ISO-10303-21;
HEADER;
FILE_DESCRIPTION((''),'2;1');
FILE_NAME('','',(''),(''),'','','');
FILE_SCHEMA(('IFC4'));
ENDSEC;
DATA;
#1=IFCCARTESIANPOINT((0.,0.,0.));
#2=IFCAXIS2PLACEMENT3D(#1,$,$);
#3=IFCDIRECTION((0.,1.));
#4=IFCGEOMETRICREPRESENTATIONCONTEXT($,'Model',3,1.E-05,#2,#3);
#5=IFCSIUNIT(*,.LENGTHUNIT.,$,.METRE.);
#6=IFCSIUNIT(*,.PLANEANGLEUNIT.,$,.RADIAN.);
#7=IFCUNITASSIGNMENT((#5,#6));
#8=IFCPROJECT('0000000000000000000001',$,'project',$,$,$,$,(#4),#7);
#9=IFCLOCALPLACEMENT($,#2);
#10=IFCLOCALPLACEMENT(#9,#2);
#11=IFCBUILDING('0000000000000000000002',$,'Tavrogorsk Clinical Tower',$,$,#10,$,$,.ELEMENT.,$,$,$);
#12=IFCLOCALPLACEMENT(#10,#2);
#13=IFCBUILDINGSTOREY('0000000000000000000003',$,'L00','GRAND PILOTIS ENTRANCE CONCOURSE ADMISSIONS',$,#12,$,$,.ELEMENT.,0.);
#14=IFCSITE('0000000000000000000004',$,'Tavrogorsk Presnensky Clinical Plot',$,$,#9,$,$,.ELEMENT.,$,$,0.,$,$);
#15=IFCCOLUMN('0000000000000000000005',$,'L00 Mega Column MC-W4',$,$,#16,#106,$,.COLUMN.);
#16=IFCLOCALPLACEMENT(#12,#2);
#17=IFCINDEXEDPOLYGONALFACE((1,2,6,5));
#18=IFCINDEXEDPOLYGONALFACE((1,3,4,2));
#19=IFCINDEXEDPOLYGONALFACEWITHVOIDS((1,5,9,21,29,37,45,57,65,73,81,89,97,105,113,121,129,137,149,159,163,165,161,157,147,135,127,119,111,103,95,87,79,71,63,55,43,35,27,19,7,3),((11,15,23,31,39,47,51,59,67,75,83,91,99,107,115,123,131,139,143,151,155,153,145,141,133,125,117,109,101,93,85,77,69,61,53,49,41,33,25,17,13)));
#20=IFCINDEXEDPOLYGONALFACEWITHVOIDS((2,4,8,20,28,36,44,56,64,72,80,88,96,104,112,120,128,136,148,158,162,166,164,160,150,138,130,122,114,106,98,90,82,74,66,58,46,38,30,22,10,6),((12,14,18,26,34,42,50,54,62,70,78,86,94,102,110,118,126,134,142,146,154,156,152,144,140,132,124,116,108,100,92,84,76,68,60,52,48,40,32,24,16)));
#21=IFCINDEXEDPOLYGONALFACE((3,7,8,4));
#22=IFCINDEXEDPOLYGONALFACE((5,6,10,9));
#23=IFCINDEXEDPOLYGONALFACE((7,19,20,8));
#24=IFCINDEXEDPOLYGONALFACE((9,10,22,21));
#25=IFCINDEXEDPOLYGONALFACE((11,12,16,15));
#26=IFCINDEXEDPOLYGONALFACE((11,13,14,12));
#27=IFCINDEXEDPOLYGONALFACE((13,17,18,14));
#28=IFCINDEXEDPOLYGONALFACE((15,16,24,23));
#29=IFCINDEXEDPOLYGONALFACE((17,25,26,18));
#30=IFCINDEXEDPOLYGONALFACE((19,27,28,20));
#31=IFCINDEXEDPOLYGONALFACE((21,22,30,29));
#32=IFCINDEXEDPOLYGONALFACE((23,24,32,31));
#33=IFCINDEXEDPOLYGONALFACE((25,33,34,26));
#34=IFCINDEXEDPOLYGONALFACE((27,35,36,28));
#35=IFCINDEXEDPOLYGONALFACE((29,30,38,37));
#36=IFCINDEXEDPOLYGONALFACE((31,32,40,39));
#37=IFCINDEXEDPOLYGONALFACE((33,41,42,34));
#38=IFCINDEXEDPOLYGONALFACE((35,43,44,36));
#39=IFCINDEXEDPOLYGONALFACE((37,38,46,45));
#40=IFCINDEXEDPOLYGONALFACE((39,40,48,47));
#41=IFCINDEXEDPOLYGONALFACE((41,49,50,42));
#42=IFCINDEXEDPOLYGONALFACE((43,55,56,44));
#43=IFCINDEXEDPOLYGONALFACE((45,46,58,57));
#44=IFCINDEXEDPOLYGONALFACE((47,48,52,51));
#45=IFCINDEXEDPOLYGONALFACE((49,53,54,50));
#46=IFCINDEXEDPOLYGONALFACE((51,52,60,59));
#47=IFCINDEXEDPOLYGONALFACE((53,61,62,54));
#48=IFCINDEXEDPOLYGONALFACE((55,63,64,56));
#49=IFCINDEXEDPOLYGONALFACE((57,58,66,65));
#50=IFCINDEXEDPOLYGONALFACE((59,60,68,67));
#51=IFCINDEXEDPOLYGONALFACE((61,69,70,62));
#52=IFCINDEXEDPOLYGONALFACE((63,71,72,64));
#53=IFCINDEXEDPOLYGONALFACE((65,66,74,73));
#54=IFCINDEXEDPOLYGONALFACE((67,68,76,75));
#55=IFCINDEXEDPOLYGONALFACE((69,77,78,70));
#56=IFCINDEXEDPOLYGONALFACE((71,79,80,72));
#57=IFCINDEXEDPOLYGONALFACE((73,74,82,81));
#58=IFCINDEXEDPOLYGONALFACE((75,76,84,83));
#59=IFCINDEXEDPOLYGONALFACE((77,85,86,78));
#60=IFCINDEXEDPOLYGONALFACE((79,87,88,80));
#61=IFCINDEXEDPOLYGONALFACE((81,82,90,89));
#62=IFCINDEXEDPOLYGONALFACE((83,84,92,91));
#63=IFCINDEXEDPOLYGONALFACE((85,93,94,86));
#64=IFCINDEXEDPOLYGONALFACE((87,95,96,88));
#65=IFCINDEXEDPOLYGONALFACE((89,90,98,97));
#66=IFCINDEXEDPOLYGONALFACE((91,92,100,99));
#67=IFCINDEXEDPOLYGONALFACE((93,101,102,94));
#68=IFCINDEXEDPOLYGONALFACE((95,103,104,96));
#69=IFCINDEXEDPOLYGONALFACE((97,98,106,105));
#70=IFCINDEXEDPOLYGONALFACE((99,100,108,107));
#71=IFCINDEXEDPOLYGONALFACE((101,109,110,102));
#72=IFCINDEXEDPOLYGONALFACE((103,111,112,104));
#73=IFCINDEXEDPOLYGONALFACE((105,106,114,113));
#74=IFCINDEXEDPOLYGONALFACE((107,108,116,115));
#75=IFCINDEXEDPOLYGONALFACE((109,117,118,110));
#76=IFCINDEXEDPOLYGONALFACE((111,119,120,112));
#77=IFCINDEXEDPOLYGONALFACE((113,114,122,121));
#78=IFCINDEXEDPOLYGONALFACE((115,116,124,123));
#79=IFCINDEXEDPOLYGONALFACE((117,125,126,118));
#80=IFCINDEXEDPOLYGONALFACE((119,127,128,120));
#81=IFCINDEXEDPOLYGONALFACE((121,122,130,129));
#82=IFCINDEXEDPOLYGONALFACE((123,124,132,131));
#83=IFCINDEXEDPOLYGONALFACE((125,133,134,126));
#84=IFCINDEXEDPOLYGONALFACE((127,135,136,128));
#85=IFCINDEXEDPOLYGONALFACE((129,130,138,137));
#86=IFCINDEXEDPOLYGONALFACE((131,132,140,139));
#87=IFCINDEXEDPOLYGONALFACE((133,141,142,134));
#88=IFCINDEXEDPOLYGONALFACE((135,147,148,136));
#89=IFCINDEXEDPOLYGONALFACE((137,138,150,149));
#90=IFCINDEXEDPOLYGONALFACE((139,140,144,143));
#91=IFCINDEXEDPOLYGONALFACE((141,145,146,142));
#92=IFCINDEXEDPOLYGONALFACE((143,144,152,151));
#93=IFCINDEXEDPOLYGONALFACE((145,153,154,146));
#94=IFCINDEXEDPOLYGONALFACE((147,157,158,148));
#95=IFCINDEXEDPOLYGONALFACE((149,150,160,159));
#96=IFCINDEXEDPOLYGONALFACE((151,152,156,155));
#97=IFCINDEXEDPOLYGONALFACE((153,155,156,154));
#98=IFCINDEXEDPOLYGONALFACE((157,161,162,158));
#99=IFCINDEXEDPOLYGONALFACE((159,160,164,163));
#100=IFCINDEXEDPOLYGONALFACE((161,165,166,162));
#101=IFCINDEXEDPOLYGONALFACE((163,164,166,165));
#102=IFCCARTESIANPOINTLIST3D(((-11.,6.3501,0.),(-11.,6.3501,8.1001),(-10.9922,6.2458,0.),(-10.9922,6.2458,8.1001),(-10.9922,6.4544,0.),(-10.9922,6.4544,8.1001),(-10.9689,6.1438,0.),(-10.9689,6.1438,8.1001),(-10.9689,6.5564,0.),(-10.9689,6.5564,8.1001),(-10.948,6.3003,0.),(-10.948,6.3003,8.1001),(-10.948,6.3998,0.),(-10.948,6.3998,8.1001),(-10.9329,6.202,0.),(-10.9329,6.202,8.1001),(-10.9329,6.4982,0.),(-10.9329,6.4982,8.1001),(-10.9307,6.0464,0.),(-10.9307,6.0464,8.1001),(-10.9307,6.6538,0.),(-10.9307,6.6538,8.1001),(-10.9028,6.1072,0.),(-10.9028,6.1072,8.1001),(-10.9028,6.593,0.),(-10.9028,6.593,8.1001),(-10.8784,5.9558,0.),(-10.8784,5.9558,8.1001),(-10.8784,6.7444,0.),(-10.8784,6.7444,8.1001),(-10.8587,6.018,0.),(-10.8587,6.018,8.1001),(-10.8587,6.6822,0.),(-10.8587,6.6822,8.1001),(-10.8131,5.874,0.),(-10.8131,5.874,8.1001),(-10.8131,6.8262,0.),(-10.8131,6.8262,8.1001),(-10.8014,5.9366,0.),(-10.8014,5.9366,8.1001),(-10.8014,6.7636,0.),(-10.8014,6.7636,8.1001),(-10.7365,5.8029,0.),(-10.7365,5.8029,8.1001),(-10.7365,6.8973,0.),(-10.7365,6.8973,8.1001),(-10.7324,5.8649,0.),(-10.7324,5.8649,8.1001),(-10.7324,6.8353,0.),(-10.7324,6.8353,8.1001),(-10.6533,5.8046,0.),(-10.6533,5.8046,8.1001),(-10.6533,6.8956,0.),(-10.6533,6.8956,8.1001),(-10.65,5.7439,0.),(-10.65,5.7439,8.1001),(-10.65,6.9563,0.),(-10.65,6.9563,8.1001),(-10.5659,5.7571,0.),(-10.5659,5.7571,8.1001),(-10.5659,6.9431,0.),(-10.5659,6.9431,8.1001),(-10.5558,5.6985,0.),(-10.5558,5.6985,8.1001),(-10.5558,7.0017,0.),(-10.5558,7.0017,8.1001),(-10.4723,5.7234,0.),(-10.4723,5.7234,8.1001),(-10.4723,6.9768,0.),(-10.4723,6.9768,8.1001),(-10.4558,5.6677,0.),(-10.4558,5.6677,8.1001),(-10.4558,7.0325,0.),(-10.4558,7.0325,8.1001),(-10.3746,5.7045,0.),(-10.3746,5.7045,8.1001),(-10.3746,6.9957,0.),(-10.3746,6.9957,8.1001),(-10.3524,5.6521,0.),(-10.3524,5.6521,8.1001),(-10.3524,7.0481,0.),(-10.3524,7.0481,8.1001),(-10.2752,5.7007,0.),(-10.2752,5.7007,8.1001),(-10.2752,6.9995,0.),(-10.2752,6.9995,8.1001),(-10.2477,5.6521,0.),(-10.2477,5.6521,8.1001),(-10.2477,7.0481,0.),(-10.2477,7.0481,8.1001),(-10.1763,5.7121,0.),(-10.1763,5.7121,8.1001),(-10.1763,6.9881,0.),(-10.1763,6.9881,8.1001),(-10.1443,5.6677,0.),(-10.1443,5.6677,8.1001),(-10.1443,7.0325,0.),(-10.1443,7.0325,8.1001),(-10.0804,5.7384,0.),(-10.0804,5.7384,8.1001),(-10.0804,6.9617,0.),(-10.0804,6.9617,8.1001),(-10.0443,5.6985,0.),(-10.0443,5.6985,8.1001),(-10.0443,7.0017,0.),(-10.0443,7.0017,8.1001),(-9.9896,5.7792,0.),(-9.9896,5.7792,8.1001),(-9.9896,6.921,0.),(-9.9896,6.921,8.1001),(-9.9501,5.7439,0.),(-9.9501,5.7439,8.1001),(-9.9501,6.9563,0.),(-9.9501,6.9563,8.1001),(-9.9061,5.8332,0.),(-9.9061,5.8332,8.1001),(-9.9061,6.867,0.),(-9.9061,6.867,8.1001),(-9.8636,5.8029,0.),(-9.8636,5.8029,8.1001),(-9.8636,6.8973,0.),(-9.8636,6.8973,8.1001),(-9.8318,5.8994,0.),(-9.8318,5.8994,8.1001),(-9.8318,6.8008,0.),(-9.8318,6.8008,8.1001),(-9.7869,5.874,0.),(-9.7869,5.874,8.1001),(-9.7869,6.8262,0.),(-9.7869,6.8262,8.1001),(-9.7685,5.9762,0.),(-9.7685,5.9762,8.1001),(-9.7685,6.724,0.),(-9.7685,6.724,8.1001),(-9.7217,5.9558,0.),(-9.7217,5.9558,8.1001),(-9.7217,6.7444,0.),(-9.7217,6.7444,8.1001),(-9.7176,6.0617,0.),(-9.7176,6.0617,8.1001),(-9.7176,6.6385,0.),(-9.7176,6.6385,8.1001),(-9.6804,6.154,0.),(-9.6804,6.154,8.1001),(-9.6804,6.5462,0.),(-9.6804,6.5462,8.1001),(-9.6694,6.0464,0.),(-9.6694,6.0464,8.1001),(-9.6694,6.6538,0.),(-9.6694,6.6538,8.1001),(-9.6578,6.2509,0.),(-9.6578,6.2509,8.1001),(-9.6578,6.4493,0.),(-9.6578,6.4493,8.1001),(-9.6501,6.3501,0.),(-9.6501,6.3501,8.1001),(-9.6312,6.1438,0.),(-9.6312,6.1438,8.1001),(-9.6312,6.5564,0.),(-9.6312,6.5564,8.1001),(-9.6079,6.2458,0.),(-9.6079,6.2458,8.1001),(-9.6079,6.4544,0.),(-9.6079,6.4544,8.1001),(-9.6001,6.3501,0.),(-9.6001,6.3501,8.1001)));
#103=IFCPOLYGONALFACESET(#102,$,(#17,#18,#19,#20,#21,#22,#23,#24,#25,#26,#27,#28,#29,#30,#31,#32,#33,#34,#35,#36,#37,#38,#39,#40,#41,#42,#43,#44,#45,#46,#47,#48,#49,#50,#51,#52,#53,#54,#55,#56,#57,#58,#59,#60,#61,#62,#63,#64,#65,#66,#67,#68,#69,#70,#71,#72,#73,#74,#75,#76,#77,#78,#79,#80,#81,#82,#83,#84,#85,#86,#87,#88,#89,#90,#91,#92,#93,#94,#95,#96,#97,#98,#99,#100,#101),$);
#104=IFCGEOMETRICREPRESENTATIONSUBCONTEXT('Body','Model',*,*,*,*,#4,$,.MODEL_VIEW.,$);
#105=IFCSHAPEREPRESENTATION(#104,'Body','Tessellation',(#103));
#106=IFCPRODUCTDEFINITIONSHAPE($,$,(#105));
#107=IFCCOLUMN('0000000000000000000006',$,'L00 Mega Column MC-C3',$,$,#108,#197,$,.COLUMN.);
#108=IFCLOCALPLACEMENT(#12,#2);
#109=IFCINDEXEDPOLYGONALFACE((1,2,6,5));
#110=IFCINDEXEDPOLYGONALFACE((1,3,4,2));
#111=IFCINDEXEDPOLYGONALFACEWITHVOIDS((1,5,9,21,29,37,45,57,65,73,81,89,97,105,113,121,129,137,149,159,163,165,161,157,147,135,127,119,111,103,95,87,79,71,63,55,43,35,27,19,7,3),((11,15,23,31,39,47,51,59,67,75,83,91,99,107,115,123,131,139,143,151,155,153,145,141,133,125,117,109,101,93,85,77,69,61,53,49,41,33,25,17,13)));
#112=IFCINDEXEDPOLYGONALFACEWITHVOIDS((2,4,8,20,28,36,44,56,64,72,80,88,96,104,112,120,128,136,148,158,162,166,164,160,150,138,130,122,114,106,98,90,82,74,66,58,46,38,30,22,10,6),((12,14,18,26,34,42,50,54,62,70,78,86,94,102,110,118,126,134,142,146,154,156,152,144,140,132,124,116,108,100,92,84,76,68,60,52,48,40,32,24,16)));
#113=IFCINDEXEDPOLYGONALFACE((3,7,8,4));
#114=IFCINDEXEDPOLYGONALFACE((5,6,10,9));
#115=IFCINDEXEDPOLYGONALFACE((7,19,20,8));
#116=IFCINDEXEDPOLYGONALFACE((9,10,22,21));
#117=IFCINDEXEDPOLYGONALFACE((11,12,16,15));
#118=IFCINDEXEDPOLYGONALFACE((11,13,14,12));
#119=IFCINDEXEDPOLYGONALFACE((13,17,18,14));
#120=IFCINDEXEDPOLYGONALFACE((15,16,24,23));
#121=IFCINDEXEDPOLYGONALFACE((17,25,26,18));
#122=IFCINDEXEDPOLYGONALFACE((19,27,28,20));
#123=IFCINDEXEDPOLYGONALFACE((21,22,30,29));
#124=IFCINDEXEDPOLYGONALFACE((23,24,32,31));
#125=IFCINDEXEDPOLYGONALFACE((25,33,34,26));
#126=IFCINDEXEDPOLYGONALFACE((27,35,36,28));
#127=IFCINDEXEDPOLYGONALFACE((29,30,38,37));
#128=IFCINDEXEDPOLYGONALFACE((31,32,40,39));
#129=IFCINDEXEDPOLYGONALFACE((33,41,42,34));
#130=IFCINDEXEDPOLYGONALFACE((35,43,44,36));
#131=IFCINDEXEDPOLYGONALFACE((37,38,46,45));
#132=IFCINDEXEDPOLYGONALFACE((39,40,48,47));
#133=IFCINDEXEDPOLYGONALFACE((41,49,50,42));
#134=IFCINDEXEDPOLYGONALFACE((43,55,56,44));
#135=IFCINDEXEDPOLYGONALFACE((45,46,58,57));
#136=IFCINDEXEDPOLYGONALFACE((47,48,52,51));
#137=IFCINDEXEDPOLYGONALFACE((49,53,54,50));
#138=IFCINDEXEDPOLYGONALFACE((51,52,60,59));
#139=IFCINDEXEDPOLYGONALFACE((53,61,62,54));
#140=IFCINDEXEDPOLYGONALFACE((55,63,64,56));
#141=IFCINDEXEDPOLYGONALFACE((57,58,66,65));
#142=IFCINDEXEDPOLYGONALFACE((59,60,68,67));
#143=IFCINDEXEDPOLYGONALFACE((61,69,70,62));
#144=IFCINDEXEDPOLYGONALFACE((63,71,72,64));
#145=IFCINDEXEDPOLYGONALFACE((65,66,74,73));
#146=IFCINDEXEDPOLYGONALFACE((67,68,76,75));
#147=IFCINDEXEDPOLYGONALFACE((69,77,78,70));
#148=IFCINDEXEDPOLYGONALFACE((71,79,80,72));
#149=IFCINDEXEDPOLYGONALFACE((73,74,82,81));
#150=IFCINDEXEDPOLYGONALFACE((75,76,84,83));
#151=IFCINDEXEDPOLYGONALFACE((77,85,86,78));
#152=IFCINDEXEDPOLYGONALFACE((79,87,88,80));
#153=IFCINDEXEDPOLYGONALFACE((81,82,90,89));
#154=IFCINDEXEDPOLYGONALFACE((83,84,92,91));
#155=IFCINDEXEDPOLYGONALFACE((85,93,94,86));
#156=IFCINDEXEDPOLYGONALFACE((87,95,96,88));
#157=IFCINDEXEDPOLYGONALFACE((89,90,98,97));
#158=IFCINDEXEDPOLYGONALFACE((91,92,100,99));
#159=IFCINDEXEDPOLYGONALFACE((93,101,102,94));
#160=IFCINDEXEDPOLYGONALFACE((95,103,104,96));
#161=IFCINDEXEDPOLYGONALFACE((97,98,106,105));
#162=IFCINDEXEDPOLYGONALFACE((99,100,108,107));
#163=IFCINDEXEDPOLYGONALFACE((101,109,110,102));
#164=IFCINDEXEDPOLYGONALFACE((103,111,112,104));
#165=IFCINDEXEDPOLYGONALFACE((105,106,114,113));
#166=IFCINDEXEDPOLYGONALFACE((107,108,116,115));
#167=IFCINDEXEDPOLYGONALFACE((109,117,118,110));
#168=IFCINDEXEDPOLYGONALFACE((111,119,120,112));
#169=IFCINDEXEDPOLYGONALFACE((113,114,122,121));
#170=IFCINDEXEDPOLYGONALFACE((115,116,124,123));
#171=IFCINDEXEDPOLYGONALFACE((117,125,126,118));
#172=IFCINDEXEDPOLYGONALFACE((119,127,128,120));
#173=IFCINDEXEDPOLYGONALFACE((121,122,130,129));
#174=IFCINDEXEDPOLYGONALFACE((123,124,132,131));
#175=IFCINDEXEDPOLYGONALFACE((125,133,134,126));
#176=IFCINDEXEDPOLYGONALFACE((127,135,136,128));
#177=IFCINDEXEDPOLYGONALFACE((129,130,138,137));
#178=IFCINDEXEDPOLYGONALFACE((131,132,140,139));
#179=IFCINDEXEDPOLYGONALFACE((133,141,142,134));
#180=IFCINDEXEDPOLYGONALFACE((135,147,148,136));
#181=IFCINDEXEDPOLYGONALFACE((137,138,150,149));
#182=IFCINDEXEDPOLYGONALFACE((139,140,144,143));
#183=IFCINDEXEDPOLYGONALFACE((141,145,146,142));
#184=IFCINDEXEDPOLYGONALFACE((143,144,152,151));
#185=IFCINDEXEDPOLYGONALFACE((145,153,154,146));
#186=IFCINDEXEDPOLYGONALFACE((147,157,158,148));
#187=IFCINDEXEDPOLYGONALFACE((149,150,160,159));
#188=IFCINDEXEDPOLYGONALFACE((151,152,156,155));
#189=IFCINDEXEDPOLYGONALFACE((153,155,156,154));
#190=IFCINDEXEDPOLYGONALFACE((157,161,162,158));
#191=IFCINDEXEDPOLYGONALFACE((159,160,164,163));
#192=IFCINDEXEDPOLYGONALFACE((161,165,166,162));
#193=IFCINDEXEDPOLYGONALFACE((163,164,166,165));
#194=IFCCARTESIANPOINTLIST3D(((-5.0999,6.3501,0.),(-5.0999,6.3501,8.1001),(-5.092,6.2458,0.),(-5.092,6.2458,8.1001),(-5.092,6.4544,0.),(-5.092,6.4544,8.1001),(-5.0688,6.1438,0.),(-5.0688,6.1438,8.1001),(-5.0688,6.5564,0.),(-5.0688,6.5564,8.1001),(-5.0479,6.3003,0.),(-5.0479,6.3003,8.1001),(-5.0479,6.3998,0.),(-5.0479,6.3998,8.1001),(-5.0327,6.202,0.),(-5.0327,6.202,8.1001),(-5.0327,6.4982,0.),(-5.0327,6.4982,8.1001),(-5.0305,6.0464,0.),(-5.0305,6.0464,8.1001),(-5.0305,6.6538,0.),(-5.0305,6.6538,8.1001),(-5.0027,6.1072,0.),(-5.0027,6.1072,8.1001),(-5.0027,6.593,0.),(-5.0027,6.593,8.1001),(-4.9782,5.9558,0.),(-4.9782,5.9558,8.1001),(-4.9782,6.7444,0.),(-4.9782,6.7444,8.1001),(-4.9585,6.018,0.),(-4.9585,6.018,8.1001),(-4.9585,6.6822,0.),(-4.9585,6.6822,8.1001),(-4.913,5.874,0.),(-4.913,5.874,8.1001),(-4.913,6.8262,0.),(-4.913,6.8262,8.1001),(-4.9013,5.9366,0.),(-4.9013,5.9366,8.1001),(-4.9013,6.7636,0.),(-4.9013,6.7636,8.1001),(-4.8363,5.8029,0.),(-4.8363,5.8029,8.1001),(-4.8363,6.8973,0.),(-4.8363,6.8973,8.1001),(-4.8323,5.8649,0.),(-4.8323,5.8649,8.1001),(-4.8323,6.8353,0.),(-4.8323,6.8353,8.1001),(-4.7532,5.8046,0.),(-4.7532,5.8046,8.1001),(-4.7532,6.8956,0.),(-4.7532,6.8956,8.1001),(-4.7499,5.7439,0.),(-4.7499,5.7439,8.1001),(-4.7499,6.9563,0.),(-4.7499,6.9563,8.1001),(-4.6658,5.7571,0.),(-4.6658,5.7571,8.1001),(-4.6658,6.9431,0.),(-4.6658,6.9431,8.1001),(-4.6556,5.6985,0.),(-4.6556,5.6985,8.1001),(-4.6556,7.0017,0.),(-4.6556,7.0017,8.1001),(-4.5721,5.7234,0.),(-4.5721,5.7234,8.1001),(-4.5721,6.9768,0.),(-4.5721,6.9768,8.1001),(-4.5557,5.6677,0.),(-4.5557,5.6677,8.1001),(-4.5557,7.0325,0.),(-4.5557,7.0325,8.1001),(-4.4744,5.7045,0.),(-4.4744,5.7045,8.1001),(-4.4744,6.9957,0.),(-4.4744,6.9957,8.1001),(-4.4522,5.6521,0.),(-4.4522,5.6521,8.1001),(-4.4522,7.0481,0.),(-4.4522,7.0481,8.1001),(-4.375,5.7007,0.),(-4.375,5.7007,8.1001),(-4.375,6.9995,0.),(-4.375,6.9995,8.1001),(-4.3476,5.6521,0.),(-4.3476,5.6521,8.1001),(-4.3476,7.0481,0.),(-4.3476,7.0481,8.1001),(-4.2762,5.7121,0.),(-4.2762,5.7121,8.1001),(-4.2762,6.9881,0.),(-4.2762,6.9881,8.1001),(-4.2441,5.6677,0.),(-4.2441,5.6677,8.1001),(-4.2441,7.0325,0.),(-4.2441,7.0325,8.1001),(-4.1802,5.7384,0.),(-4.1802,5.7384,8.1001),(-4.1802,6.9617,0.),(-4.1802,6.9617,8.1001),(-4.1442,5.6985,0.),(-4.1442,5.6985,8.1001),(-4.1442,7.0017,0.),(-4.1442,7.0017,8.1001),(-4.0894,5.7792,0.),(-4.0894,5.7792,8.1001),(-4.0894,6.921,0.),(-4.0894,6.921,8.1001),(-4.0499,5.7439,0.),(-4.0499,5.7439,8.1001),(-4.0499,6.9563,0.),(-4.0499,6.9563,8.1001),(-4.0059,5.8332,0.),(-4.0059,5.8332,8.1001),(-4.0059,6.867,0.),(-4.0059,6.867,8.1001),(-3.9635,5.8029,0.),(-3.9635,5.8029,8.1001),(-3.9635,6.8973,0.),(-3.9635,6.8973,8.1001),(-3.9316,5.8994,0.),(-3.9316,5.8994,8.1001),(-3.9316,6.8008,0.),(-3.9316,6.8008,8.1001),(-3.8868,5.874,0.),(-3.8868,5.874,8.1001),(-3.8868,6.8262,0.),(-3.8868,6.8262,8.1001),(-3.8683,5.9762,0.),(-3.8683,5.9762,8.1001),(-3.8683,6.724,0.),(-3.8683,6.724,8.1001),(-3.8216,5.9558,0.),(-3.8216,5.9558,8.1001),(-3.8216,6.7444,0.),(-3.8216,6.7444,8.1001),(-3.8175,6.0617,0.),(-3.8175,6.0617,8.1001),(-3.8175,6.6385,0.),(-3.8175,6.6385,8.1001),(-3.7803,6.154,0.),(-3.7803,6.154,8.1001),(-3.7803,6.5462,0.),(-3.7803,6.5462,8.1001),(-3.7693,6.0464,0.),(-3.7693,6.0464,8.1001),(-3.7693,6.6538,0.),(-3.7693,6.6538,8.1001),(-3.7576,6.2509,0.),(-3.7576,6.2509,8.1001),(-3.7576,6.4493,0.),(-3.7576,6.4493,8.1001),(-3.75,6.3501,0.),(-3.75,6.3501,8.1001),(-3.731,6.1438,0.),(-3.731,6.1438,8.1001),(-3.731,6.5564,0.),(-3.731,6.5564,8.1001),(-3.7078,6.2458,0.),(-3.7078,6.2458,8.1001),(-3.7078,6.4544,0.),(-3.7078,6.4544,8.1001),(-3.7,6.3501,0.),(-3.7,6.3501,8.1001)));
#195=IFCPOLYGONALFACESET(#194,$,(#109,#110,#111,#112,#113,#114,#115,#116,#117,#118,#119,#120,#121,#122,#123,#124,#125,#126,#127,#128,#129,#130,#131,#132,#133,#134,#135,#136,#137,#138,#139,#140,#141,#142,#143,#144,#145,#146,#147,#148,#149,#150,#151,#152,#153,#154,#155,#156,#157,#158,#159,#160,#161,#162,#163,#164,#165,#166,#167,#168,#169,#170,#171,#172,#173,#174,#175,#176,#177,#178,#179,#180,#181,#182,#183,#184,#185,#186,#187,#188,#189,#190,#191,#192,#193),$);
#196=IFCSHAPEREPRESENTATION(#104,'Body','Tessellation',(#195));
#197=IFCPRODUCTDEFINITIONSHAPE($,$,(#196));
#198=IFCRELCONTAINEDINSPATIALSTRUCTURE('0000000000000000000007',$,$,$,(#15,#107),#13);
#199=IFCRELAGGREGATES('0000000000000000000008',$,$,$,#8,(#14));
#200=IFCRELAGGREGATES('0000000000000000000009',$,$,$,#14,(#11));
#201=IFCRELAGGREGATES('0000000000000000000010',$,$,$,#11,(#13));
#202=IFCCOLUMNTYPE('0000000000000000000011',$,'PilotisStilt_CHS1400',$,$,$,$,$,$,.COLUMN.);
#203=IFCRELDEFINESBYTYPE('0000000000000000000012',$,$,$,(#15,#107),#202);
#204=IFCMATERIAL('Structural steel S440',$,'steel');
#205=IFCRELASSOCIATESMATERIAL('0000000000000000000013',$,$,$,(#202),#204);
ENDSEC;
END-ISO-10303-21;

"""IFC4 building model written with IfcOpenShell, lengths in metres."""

from ifc_helpers import new_model, si_unit, direction, frame, origin, origin_2d, place, context, subcontext, project, spatial, hollow_circle, extrude, material, material_profile, profile_set, type_object, element, save


model = new_model("IFC4")

# Units and contexts
model_context = context("Model", 3, precision=1e-05, world=origin(), true_north=direction((0.0, 1.0)))
body_context = subcontext(model_context, "Body", "Model", "MODEL_VIEW")
ifc_project = project(units=[si_unit("LENGTHUNIT", "METRE"), si_unit("PLANEANGLEUNIT", "RADIAN")], contexts=[model_context])

# Site, building, storey
site_placement = place(None, origin())
site = spatial("IfcSite", under=ifc_project, at=site_placement, Name="Tavrogorsk Presnensky Clinical Plot", CompositionType="ELEMENT", RefElevation=0.0)
building_placement = place(site_placement, origin())
building = spatial("IfcBuilding", under=site, at=building_placement, Name="Tavrogorsk Clinical Tower", CompositionType="ELEMENT")
storey_placement = place(building_placement, origin())
storey = spatial("IfcBuildingStorey", under=building, at=storey_placement, Name="L00", Description="GRAND PILOTIS ENTRANCE CONCOURSE ADMISSIONS", CompositionType="ELEMENT", Elevation=0.0)

# Columns
ifc_material_1 = material(Name="Structural steel S440", Category="steel")
ifc_material_profile_1 = material_profile(ifc_material_1, hollow_circle(Radius=0.7, WallThickness=0.05, at=origin_2d()), Name="CHS-1400x50")
ifc_profile_set_1 = profile_set([ifc_material_profile_1], Name="Structural steel S440")
column_type = type_object("IfcColumnType", Name="PilotisStilt_CHS1400", PredefinedType="COLUMN", material=ifc_profile_set_1)
for number, where, z_axis, x_axis, name in (
    (1, (-10.3, 6.3501, 0.0), (0.0, 0.0, 1.0), (1.0, 0.0, 0.0), "L00 Mega Column MC-W4"),
    (2, (-4.3999, 6.3501, 0.0), (0.0, 0.0, 1.0), (1.0, 0.0, 0.0), "L00 Mega Column MC-C3"),
):
    element("IfcColumn", number, at=place(storey_placement, frame(where, z_axis=z_axis, x_axis=x_axis)), inside=storey, type_object=column_type, Name=name, PredefinedType="COLUMN", context=body_context, shape_type="SweptSolid", body=[
        extrude(hollow_circle(Radius=0.7, WallThickness=0.05, at=origin_2d()), origin(), (0.0, 0.0, 1.0), 8.1001),
    ])

save(model, "model.ifc")
